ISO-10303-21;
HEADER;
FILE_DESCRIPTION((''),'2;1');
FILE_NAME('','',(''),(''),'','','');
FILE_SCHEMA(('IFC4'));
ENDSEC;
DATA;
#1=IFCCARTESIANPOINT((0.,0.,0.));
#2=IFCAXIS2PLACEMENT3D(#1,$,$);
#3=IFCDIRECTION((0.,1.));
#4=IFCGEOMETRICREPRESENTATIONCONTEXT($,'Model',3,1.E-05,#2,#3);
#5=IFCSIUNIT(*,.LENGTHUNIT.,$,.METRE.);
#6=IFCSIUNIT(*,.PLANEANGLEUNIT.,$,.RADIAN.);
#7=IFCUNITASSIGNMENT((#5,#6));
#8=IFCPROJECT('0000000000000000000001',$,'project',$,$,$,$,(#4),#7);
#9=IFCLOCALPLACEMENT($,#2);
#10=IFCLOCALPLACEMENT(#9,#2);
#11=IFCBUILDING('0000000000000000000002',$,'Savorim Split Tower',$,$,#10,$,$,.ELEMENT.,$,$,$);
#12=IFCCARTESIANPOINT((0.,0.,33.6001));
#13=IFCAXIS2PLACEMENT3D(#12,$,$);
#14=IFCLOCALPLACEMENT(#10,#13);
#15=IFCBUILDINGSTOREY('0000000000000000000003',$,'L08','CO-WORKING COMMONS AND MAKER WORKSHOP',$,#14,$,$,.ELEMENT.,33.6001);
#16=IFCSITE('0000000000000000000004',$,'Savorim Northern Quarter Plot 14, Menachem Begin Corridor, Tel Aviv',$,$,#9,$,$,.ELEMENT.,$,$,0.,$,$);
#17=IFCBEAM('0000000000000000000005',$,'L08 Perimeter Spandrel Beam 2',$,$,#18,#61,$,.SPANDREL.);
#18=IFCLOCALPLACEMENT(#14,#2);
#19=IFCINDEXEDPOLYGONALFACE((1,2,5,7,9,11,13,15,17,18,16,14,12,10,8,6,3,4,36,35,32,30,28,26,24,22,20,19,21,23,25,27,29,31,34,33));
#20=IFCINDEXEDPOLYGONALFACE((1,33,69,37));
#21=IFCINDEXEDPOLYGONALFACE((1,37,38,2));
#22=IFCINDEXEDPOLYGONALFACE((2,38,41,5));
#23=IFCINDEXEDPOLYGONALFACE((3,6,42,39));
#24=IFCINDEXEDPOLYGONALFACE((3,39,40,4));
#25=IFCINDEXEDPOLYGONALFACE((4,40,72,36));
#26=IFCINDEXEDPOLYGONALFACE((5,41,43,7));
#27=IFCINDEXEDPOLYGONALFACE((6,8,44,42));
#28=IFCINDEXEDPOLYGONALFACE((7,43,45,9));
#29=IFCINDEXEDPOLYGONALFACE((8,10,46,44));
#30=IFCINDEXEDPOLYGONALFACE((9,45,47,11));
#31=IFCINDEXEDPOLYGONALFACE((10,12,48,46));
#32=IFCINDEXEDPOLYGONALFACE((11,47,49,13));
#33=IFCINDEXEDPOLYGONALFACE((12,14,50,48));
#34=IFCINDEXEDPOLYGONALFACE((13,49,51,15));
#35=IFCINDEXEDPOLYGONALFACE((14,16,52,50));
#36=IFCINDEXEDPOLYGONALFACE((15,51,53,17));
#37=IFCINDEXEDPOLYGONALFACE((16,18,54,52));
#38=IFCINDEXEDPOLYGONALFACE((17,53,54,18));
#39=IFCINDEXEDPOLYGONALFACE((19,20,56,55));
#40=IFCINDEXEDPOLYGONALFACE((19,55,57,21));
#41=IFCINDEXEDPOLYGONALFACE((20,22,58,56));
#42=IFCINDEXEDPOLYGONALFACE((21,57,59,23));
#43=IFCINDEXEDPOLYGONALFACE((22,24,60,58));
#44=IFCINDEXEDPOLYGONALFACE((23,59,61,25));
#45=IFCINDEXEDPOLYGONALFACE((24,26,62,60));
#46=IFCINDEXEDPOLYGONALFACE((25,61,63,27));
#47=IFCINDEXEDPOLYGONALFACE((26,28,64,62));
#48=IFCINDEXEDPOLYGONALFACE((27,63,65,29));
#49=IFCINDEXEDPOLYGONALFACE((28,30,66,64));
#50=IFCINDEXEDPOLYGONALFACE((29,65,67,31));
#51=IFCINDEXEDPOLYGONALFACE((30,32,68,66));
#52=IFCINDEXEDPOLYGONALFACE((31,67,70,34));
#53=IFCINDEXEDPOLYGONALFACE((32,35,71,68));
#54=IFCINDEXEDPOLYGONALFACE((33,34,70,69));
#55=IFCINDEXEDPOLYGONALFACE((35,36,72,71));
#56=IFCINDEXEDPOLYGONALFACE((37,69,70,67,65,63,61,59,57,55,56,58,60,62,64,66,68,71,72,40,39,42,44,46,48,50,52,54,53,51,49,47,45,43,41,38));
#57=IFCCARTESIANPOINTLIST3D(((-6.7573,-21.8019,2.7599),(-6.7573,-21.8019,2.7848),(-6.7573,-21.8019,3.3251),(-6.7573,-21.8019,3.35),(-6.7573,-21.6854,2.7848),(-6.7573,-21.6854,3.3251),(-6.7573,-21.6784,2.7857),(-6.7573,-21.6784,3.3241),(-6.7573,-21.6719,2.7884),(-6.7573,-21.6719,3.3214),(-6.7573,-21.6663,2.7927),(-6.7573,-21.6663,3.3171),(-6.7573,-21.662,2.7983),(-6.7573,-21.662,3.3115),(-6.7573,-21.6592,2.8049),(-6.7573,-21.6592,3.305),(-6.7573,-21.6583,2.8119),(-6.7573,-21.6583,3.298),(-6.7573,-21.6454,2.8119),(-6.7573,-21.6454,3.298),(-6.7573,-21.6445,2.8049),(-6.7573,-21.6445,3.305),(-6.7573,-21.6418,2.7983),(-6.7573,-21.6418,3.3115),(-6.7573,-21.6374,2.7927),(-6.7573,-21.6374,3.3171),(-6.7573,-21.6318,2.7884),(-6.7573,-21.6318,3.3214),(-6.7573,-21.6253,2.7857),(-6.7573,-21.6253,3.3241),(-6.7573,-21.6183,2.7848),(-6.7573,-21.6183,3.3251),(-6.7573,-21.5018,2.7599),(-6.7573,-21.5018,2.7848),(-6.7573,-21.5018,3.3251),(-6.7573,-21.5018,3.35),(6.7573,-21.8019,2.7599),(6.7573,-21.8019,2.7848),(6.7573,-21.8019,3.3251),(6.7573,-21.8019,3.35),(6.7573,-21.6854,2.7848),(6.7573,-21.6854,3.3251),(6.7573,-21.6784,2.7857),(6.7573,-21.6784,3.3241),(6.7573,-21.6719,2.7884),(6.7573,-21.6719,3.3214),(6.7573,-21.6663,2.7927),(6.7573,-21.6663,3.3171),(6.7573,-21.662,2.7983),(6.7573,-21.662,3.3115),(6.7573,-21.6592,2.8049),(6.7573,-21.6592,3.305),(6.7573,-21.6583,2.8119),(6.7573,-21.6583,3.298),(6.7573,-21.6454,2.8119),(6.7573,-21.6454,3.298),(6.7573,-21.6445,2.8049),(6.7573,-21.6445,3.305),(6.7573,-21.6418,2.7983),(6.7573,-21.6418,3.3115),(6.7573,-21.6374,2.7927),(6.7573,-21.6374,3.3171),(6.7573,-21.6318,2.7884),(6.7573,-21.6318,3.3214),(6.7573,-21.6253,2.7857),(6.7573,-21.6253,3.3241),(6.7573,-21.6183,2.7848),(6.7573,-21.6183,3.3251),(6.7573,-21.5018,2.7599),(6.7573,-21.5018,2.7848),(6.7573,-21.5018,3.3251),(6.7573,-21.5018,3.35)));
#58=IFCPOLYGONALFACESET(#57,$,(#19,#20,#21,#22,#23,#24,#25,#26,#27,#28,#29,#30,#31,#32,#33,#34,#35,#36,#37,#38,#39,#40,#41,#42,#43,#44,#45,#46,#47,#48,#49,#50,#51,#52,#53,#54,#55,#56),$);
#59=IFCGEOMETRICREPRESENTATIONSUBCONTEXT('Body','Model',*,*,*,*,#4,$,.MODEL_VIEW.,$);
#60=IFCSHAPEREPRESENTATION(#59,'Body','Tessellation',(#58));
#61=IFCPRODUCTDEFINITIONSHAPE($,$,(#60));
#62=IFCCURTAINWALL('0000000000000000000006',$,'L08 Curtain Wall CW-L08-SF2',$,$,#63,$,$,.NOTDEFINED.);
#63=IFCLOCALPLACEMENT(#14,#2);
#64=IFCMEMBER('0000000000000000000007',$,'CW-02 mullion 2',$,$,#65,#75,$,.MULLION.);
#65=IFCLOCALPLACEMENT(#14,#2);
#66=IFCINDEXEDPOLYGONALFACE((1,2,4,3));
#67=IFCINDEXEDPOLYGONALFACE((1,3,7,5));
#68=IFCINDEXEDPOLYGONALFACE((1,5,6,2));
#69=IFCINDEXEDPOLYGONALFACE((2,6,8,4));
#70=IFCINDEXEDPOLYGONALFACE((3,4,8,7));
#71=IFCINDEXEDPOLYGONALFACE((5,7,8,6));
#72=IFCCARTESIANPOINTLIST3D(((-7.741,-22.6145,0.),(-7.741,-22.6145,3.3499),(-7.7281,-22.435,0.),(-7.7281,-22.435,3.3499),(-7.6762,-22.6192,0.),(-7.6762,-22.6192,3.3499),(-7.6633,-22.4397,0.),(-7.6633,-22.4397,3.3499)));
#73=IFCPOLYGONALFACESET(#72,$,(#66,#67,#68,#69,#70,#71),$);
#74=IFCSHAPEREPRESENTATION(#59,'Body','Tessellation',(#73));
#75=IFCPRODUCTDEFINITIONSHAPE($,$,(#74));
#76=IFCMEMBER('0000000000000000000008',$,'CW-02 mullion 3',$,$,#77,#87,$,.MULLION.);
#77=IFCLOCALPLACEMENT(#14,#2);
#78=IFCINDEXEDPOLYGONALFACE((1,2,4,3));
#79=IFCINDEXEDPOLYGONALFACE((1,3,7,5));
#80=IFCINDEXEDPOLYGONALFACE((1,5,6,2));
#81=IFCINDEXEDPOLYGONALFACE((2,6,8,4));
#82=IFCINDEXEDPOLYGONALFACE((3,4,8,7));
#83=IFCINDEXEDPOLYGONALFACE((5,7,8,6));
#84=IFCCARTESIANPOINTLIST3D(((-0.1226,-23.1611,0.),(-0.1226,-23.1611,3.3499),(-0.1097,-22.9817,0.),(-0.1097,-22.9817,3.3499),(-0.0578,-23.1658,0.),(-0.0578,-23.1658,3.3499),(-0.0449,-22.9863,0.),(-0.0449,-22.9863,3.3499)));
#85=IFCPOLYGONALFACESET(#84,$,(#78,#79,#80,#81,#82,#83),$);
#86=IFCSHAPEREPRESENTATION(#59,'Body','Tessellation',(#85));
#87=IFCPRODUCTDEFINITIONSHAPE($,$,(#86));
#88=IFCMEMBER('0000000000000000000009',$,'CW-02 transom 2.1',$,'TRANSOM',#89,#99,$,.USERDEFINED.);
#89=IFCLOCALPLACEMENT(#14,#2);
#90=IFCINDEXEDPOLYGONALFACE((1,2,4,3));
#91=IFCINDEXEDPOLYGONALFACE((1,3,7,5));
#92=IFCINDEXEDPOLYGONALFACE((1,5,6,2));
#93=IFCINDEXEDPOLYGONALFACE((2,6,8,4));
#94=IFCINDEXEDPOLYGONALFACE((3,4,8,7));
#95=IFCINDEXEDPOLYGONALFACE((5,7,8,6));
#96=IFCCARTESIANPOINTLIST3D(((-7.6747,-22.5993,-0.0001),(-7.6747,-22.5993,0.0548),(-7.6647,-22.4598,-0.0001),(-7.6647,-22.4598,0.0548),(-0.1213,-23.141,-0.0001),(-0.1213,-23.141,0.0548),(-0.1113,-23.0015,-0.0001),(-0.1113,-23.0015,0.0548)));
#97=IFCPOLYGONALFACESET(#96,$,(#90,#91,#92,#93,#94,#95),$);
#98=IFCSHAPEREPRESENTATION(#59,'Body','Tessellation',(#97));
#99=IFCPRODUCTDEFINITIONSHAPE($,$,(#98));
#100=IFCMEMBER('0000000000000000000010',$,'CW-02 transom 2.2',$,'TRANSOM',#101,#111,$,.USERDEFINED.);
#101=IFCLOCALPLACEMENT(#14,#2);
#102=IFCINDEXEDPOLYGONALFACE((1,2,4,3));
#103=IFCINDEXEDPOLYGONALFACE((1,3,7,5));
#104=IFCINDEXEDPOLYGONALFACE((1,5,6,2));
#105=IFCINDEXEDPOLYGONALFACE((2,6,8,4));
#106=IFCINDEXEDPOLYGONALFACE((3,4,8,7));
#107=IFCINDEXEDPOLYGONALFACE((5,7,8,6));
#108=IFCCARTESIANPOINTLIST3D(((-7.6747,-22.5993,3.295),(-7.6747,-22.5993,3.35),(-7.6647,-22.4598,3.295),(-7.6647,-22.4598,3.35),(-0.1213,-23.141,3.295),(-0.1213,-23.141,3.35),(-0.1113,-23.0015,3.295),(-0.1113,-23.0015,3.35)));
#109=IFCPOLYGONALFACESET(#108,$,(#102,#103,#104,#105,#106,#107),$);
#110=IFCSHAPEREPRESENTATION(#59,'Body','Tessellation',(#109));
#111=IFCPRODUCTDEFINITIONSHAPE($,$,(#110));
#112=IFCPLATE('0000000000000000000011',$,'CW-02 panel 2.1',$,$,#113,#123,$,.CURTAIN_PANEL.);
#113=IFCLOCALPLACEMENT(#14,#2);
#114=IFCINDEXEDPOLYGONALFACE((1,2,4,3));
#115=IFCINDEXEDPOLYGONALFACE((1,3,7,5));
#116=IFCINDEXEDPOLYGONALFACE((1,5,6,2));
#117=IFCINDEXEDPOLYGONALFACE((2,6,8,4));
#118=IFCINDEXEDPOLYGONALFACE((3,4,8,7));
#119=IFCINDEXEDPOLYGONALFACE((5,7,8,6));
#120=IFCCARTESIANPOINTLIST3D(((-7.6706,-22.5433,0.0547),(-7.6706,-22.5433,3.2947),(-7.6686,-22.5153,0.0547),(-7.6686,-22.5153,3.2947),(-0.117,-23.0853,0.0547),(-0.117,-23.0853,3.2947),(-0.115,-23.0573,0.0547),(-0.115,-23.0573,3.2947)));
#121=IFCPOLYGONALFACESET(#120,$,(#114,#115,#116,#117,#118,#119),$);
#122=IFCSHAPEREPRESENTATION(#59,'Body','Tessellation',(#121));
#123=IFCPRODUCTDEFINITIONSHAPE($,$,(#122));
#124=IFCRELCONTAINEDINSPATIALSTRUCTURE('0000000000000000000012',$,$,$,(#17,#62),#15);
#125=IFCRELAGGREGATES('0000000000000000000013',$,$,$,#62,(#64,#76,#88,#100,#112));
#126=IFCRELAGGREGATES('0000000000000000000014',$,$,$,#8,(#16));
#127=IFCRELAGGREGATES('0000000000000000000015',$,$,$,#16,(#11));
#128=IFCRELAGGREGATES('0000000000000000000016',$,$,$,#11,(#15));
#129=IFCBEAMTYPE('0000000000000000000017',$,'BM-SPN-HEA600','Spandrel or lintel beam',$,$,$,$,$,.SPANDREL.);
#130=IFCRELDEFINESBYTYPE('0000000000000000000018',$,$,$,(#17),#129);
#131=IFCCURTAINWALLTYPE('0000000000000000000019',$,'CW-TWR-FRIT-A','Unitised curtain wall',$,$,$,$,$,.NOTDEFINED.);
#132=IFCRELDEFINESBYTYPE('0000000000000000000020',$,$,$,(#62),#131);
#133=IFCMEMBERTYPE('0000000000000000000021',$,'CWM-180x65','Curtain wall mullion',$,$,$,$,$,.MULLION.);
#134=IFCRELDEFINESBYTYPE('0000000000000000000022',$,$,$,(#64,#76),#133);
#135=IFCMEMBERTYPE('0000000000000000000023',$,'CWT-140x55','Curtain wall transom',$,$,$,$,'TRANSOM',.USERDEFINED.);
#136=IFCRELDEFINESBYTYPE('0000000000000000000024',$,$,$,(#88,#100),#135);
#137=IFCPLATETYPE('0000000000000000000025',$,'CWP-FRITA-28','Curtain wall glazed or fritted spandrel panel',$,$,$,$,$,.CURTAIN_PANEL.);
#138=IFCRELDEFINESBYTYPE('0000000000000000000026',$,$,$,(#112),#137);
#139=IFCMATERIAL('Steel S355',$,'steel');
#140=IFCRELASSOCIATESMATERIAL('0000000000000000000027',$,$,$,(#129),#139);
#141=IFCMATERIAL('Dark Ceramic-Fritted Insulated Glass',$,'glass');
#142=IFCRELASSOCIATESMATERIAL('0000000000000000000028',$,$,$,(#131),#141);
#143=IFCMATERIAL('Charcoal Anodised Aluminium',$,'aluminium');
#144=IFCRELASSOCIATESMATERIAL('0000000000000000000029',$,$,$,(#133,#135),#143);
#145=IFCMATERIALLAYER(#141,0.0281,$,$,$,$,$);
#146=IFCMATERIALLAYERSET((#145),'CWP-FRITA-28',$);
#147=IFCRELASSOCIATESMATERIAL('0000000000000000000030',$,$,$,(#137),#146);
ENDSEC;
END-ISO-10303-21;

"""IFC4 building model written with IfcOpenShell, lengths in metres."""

from ifc_helpers import new_model, si_unit, direction, frame, origin, origin_2d, place, context, subcontext, project, spatial, rectangle, i_section, extrude, material, layer, layer_set, material_profile, profile_set, type_object, element, aggregate, save


model = new_model("IFC4")

# Units and contexts
model_context = context("Model", 3, precision=1e-05, world=origin(), true_north=direction((0.0, 1.0)))
body_context = subcontext(model_context, "Body", "Model", "MODEL_VIEW")
ifc_project = project(units=[si_unit("LENGTHUNIT", "METRE"), si_unit("PLANEANGLEUNIT", "RADIAN")], contexts=[model_context])

# Site, building, storey
site_placement = place(None, origin())
site = spatial("IfcSite", under=ifc_project, at=site_placement, Name="Savorim Northern Quarter Plot 14, Menachem Begin Corridor, Tel Aviv", CompositionType="ELEMENT", RefElevation=0.0)
building_placement = place(site_placement, origin())
building = spatial("IfcBuilding", under=site, at=building_placement, Name="Savorim Split Tower", CompositionType="ELEMENT")
storey_placement = place(building_placement, frame((0.0, 0.0, 33.6001)))
storey = spatial("IfcBuildingStorey", under=building, at=storey_placement, Name="L08", Description="CO-WORKING COMMONS AND MAKER WORKSHOP", CompositionType="ELEMENT", Elevation=33.6001)

# Beam
ifc_material_1 = material(Name="Steel S355", Category="steel")
ifc_material_profile_1 = material_profile(ifc_material_1, i_section(OverallWidth=0.3, OverallDepth=0.5901, WebThickness=0.0129, FlangeThickness=0.0249, FilletRadius=0.0271, at=origin_2d()), Name="HEA 600")
ifc_profile_set_1 = profile_set([ifc_material_profile_1], Name="Steel S355")
beam_type_1 = type_object("IfcBeamType", Name="BM-SPN-HEA600", Description="Spandrel or lintel beam", PredefinedType="SPANDREL", material=ifc_profile_set_1)
beam_1_placement = place(storey_placement, frame((-6.7573, -21.6519, 3.0549), z_axis=(1.0, 0.0, 0.0), x_axis=(0.0, 1.0, 0.0)))
element("IfcBeam", 1, at=beam_1_placement, inside=storey, type_object=beam_type_1, Name="L08 Perimeter Spandrel Beam 2", PredefinedType="SPANDREL", context=body_context, shape_type="SweptSolid", body=[
    extrude(i_section(OverallWidth=0.3, OverallDepth=0.5901, WebThickness=0.0129, FlangeThickness=0.0249, FilletRadius=0.0271, at=origin_2d()), origin(), (0.0, 0.0, 1.0), 13.5146),
])

# Curtain wall, members, plate
ifc_material_2 = material(Name="Dark Ceramic-Fritted Insulated Glass", Category="glass")
curtain_wall_type = type_object("IfcCurtainWallType", Name="CW-TWR-FRIT-A", Description="Unitised curtain wall", PredefinedType="NOTDEFINED", material=ifc_material_2)
curtain_wall_placement = place(storey_placement, origin())
curtain_wall = element("IfcCurtainWall", 2, at=curtain_wall_placement, inside=storey, type_object=curtain_wall_type, Name="L08 Curtain Wall CW-L08-SF2", PredefinedType="NOTDEFINED")
ifc_material_3 = material(Name="Charcoal Anodised Aluminium", Category="aluminium")
ifc_material_profile_2 = material_profile(ifc_material_3, rectangle(XDim=0.1799, YDim=0.0649, at=origin_2d()), Name="ALU-M 180x65")
ifc_profile_set_2 = profile_set([ifc_material_profile_2], Name="Charcoal Anodised Aluminium")
member_type_1 = type_object("IfcMemberType", Name="CWM-180x65", Description="Curtain wall mullion", PredefinedType="MULLION", material=ifc_profile_set_2)
member_1_placement = place(storey_placement, frame((-7.7021, -22.5271, 0.0), z_axis=(0.0, 0.0, 1.0), x_axis=(0.07156, 0.997436, 0.0)))
member_1 = element("IfcMember", 3, at=member_1_placement, type_object=member_type_1, Name="CW-02 mullion 2", PredefinedType="MULLION", context=body_context, shape_type="SweptSolid", body=[
    extrude(rectangle(XDim=0.1799, YDim=0.0649, at=origin_2d()), origin(), (0.0, 0.0, 1.0), 3.3499),
])
member_2_placement = place(storey_placement, frame((-0.0837, -23.0737, 0.0), z_axis=(0.0, 0.0, 1.0), x_axis=(0.07156, 0.997436, 0.0)))
member_2 = element("IfcMember", 4, at=member_2_placement, type_object=member_type_1, Name="CW-02 mullion 3", PredefinedType="MULLION", context=body_context, shape_type="SweptSolid", body=[
    extrude(rectangle(XDim=0.1799, YDim=0.0649, at=origin_2d()), origin(), (0.0, 0.0, 1.0), 3.3499),
])
ifc_material_profile_3 = material_profile(ifc_material_3, rectangle(XDim=0.1399, YDim=0.0549, at=origin_2d()), Name="ALU-T 140x55")
ifc_profile_set_3 = profile_set([ifc_material_profile_3], Name="Charcoal Anodised Aluminium")
member_type_2 = type_object("IfcMemberType", Name="CWT-140x55", Description="Curtain wall transom", ElementType="TRANSOM", PredefinedType="USERDEFINED", material=ifc_profile_set_3)
member_3_placement = place(storey_placement, frame((-7.6697, -22.5295, 0.0273), z_axis=(0.997438, -0.071538, 0.0), x_axis=(0.071538, 0.997438, 0.0)))
member_3 = element("IfcMember", 5, at=member_3_placement, type_object=member_type_2, Name="CW-02 transom 2.1", ObjectType="TRANSOM", PredefinedType="USERDEFINED", context=body_context, shape_type="SweptSolid", body=[
    extrude(rectangle(XDim=0.1399, YDim=0.0549, at=origin_2d()), origin(), (0.0, 0.0, 1.0), 7.5728),
])
member_4_placement = place(storey_placement, frame((-7.6697, -22.5295, 3.3225), z_axis=(0.997438, -0.071538, 0.0), x_axis=(0.071538, 0.997438, 0.0)))
member_4 = element("IfcMember", 6, at=member_4_placement, type_object=member_type_2, Name="CW-02 transom 2.2", ObjectType="TRANSOM", PredefinedType="USERDEFINED", context=body_context, shape_type="SweptSolid", body=[
    extrude(rectangle(XDim=0.1399, YDim=0.0549, at=origin_2d()), origin(), (0.0, 0.0, 1.0), 7.5728),
])
ifc_layer_1 = layer(ifc_material_2, 0.0281)
ifc_layer_set_1 = layer_set([ifc_layer_1], Name="CWP-FRITA-28")
plate_type = type_object("IfcPlateType", Name="CWP-FRITA-28", Description="Curtain wall glazed or fritted spandrel panel", PredefinedType="CURTAIN_PANEL", material=ifc_layer_set_1)
plate_placement = place(storey_placement, frame((-3.8928, -22.8003, 0.0547), z_axis=(0.0, 0.0, 1.0), x_axis=(0.997436, -0.07156, 0.0)))
plate = element("IfcPlate", 7, at=plate_placement, type_object=plate_type, Name="CW-02 panel 2.1", PredefinedType="CURTAIN_PANEL", context=body_context, shape_type="SweptSolid", body=[
    extrude(rectangle(XDim=7.573, YDim=0.0281, at=origin_2d()), origin(), (0.0, 0.0, 1.0), 3.24),
])
aggregate(curtain_wall, [member_1, member_2, member_3, member_4, plate])

save(model, "model.ifc")
